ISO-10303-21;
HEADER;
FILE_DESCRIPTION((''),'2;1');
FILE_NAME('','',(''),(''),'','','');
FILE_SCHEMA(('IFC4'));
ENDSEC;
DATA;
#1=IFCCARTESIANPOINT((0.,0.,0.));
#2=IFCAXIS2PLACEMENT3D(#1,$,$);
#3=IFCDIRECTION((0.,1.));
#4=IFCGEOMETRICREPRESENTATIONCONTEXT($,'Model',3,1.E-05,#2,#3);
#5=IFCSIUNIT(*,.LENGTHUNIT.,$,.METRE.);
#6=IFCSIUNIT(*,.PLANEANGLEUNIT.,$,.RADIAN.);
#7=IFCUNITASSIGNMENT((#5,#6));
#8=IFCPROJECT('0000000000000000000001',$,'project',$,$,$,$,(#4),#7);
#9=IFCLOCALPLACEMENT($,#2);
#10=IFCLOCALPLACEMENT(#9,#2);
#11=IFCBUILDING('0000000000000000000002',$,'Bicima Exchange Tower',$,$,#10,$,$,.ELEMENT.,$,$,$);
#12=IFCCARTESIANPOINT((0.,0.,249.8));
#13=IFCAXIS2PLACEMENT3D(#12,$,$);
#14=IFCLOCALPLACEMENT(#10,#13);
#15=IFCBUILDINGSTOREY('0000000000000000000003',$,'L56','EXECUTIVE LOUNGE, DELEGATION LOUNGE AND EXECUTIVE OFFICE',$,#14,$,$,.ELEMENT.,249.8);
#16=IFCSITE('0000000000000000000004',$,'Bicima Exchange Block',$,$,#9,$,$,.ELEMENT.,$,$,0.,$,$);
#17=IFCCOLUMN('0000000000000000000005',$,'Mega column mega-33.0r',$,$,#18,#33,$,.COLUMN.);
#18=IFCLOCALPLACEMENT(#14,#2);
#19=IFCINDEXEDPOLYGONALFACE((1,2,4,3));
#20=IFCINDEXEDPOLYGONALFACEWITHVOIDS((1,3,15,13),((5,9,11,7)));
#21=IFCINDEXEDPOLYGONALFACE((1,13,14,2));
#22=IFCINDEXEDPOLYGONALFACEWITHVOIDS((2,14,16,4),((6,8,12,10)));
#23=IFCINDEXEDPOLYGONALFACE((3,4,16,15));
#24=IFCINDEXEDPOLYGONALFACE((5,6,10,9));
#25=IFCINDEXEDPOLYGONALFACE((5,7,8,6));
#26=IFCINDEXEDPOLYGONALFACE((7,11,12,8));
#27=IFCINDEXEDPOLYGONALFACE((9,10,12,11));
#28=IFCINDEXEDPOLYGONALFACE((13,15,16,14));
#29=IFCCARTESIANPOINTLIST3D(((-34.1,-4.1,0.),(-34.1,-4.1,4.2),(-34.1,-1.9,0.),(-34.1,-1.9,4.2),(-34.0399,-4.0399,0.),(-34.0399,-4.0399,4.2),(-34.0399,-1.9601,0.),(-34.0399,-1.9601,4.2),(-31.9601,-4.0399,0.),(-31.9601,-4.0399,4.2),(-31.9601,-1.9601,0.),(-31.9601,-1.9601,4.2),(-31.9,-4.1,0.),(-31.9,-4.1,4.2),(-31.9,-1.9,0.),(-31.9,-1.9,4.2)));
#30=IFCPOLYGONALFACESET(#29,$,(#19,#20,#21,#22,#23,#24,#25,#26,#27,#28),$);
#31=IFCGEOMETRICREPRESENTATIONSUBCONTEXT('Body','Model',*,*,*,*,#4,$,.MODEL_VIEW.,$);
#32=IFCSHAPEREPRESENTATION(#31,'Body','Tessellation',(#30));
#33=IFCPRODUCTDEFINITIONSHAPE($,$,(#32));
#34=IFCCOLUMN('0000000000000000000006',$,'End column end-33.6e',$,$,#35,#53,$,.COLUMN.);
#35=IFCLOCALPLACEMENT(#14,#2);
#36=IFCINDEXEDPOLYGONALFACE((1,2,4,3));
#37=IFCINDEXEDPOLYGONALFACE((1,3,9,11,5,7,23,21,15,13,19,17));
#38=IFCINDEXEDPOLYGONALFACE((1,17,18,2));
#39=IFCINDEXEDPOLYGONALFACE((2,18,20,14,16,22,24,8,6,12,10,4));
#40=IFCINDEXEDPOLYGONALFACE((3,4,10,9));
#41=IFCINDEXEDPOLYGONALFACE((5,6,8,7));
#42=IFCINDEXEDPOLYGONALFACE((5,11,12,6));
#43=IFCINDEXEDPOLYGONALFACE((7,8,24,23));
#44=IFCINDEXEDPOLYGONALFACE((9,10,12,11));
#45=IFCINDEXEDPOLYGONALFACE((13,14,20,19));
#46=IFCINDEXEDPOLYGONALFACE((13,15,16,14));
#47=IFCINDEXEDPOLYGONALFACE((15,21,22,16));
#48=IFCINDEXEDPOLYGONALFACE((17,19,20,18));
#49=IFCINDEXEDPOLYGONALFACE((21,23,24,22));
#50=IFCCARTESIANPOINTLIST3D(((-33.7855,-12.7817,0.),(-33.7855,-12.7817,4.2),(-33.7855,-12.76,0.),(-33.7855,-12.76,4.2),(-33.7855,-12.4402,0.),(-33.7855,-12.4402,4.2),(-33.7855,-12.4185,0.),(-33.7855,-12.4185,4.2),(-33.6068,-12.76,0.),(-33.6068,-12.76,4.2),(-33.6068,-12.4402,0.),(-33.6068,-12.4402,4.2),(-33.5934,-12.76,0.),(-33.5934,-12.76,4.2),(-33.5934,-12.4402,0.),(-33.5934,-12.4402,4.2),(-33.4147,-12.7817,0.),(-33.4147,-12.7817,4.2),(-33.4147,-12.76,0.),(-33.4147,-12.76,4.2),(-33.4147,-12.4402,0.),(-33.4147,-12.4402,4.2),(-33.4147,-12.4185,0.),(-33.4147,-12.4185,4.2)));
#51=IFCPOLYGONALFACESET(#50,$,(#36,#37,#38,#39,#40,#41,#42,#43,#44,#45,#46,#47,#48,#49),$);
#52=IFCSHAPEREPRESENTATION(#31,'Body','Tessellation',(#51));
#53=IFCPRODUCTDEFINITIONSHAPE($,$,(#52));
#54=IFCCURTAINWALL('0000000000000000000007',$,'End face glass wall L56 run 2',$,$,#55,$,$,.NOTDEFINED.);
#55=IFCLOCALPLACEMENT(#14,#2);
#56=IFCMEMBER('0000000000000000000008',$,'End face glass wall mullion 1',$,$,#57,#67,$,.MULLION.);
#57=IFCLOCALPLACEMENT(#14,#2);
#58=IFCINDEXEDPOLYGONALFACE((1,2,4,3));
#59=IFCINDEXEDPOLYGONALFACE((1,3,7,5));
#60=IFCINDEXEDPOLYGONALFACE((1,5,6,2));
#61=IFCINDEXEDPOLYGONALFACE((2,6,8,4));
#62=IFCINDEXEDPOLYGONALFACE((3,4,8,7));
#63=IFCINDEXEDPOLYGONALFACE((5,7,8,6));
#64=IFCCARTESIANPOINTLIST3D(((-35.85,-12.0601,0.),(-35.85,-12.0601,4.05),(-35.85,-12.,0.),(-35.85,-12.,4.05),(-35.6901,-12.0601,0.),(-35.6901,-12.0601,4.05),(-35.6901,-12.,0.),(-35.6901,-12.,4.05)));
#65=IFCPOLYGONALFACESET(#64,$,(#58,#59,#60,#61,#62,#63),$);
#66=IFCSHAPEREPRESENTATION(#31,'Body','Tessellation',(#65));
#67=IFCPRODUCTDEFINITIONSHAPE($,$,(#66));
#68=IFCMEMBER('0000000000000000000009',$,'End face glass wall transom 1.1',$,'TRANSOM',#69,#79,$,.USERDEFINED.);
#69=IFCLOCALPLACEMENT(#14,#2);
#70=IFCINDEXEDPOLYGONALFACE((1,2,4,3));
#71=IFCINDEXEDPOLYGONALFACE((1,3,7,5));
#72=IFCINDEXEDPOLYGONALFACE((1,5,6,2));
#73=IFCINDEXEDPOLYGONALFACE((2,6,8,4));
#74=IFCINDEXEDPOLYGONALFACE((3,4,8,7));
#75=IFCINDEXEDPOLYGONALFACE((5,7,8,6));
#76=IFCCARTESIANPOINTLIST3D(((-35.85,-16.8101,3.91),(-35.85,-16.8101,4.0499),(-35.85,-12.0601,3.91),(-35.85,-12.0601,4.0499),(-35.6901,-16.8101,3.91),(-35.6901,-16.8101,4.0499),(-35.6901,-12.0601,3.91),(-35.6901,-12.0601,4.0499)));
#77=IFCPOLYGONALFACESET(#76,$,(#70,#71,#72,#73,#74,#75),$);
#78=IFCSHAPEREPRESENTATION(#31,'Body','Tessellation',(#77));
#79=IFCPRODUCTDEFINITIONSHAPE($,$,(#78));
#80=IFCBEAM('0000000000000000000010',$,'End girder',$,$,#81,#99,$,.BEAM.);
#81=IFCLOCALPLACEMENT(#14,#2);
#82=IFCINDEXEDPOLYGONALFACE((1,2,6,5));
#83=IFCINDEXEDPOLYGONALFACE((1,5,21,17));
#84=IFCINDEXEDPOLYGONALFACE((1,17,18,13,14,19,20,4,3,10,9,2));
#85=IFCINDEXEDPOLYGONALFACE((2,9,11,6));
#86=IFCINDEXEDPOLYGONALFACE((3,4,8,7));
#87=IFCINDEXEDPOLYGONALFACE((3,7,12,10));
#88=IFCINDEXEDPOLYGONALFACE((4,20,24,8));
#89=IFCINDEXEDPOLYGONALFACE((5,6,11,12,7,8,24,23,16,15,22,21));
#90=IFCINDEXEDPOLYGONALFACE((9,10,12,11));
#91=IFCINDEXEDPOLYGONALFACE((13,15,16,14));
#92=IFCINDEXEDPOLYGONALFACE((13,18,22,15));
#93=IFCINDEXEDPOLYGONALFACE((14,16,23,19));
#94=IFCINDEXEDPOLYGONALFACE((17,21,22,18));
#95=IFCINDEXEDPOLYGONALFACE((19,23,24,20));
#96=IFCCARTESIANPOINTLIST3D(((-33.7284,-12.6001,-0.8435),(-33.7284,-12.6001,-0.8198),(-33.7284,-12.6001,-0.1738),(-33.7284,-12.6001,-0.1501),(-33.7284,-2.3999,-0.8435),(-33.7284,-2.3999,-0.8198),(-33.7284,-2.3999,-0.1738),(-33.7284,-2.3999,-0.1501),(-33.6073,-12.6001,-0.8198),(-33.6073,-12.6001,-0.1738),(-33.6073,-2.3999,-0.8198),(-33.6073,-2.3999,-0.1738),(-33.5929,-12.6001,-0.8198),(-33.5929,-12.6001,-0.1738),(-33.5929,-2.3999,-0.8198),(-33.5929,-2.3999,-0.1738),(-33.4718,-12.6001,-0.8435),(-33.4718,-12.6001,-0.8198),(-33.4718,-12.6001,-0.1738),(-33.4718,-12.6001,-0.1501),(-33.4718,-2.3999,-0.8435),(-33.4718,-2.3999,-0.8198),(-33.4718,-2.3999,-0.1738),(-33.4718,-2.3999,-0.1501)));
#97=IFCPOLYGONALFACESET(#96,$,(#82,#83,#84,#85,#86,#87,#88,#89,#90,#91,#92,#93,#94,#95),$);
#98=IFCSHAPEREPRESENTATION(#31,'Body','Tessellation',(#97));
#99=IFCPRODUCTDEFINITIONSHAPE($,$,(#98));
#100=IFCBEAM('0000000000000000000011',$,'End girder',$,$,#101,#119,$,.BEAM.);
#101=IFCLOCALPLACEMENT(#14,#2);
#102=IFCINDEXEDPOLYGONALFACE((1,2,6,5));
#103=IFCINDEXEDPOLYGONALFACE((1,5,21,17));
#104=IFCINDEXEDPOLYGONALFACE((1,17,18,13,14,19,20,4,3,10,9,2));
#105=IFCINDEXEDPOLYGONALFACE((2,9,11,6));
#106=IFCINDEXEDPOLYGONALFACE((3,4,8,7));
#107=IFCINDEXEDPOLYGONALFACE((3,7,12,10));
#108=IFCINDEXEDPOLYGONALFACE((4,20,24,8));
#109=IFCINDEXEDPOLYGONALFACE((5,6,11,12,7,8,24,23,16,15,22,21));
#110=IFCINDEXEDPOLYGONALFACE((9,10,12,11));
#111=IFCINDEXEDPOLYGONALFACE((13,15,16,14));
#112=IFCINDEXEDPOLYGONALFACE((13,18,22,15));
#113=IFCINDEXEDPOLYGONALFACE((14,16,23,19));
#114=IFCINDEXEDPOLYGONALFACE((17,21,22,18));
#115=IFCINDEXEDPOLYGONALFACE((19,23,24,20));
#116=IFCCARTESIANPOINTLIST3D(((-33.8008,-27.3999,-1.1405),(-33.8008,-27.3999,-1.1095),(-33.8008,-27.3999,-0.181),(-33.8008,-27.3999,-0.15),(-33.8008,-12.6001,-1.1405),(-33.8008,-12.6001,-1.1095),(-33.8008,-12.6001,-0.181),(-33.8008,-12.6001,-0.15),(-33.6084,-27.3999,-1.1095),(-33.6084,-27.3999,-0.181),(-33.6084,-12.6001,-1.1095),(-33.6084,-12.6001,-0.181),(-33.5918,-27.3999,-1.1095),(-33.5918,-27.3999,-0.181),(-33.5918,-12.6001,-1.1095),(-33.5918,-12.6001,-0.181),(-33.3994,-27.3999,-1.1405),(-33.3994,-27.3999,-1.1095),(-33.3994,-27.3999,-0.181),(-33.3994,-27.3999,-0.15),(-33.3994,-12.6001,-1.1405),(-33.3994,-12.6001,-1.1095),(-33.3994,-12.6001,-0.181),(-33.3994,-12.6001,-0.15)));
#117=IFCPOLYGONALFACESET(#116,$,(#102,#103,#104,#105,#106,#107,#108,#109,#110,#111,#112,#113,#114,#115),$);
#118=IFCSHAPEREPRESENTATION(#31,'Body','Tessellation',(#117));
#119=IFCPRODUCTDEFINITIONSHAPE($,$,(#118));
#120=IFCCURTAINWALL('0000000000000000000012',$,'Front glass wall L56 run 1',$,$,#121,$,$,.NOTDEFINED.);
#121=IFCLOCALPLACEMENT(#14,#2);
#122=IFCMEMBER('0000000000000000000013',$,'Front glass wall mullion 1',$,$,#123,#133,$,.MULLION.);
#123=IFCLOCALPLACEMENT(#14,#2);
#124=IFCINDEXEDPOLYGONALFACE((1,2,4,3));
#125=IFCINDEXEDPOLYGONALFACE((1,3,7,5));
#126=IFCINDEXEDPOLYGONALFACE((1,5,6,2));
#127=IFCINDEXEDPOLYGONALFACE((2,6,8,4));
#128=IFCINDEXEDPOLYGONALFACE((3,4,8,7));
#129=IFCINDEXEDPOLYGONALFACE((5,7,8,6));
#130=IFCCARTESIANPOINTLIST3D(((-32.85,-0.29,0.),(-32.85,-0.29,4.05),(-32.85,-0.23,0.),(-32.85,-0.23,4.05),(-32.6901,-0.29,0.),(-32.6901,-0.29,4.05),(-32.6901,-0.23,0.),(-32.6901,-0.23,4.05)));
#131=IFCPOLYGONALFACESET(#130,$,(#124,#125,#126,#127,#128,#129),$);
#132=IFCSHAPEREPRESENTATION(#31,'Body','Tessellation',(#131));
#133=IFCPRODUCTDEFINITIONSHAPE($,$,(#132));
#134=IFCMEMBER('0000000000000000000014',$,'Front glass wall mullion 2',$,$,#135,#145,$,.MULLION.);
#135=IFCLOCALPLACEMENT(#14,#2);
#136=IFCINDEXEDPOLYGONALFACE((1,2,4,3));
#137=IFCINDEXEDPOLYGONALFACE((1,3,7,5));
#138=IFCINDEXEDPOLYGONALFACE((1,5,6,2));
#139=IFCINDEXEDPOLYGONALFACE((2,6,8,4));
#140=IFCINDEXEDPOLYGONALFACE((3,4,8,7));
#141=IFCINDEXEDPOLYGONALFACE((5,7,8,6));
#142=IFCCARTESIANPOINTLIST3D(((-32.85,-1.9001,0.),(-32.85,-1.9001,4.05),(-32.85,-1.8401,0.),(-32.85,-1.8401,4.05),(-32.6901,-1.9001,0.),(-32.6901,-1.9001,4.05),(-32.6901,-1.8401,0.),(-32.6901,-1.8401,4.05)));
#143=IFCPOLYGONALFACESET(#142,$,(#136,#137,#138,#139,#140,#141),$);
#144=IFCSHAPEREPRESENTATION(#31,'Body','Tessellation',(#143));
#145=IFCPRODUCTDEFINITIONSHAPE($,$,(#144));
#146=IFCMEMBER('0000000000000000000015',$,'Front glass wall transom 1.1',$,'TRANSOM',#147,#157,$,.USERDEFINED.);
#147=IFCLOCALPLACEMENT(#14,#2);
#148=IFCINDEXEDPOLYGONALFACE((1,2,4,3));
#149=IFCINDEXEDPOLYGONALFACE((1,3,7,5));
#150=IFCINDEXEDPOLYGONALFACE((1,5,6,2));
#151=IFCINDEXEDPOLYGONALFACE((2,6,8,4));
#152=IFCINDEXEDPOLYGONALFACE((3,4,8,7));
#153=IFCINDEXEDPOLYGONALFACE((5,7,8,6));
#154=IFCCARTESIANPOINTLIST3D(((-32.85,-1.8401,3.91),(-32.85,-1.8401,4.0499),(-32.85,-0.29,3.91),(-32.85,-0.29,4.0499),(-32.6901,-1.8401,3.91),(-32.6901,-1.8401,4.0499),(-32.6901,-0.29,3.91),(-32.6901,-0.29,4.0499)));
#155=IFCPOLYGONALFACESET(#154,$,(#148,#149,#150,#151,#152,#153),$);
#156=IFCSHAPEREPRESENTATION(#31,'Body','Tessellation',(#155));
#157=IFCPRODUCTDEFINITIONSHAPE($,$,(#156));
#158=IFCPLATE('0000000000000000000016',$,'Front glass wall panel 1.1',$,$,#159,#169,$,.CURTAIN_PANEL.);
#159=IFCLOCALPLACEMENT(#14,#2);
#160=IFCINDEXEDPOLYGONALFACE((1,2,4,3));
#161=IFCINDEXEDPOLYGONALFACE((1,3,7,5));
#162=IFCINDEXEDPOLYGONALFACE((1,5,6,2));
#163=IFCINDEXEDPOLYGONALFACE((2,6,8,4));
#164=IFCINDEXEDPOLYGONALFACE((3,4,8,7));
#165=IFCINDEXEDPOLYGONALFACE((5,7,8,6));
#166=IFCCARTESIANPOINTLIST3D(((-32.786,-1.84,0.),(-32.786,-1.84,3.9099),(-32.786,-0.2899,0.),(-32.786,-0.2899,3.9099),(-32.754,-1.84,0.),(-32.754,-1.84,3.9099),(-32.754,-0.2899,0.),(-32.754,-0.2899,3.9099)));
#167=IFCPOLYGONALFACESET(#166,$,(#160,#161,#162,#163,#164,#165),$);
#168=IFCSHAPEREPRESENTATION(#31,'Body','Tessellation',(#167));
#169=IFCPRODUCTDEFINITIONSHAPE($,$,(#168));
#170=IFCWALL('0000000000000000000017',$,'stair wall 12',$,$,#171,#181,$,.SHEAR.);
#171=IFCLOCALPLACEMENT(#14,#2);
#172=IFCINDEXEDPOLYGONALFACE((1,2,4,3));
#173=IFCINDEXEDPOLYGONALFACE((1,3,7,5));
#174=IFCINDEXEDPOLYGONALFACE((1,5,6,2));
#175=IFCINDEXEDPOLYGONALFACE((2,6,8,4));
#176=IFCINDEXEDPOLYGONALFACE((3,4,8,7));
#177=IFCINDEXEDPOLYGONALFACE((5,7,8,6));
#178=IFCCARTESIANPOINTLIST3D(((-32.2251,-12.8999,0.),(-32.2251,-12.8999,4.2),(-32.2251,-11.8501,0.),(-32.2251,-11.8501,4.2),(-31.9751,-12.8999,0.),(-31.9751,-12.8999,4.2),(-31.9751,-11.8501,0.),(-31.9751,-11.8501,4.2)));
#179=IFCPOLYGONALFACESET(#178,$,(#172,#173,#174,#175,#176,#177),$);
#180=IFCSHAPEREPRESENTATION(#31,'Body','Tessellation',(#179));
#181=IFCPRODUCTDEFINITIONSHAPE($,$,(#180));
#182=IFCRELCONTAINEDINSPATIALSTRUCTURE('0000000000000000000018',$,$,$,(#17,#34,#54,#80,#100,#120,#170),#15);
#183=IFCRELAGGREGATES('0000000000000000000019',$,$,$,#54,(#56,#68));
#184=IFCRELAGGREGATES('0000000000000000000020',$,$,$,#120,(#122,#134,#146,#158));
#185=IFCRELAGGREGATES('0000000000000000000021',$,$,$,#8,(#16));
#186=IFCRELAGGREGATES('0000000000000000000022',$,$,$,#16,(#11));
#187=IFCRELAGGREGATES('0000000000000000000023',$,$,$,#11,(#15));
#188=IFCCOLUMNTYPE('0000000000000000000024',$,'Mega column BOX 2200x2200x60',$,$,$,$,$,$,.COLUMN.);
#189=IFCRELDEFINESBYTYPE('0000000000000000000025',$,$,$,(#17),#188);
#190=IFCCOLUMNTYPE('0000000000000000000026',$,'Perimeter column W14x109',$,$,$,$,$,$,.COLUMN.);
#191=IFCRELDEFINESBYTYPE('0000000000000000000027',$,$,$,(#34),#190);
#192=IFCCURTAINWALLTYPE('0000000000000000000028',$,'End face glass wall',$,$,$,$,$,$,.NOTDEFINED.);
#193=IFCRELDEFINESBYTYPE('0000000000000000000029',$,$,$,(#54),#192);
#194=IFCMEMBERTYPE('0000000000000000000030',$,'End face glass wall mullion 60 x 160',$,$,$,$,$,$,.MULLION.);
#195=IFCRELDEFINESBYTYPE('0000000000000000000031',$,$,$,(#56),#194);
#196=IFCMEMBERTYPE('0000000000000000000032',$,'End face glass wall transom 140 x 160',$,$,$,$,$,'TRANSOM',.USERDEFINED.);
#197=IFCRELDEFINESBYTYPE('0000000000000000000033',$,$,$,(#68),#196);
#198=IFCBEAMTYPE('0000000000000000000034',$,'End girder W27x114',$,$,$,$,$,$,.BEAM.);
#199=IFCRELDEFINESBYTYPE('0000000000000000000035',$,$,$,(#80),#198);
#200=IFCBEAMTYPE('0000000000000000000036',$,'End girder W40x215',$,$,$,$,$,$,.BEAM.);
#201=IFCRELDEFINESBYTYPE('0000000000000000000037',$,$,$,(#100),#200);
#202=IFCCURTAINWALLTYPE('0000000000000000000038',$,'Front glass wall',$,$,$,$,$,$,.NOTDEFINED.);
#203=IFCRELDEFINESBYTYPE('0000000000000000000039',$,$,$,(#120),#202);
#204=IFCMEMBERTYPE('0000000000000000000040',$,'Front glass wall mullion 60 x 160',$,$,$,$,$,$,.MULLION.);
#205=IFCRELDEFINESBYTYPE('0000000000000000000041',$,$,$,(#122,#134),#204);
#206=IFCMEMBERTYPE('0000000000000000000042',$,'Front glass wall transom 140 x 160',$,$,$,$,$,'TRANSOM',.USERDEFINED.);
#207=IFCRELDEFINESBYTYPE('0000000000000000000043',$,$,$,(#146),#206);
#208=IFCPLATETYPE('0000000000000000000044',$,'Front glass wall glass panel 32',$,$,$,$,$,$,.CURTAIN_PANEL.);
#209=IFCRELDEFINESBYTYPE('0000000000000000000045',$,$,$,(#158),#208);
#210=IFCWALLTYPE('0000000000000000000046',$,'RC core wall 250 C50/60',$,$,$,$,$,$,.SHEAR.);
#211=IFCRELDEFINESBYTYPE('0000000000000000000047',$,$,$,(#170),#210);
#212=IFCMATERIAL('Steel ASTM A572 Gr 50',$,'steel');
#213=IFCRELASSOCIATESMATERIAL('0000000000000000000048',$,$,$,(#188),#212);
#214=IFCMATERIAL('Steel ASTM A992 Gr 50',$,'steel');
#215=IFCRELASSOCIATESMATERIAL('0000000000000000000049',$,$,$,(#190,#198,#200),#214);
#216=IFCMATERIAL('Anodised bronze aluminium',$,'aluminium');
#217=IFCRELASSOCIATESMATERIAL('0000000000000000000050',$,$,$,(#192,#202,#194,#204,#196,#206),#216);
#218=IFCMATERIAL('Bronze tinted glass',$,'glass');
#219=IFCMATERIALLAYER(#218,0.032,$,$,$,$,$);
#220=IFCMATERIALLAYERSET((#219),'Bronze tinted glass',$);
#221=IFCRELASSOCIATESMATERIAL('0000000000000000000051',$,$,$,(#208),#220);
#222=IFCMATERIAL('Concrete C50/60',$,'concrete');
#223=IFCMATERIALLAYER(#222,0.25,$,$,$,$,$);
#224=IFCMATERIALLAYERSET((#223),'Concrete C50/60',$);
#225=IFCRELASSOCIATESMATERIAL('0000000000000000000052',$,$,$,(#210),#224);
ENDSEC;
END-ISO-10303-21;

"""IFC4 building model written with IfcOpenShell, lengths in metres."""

from ifc_helpers import new_model, si_unit, direction, frame, frame_2d, origin, origin_2d, place, context, subcontext, project, spatial, rectangle, hollow_rectangle, i_section, extrude, material, layer, layer_set, material_profile, profile_set, type_object, element, aggregate, save


model = new_model("IFC4")

# Units and contexts
model_context = context("Model", 3, precision=1e-05, world=origin(), true_north=direction((0.0, 1.0)))
body_context = subcontext(model_context, "Body", "Model", "MODEL_VIEW")
ifc_project = project(units=[si_unit("LENGTHUNIT", "METRE"), si_unit("PLANEANGLEUNIT", "RADIAN")], contexts=[model_context])

# Site, building, storey
site_placement = place(None, origin())
site = spatial("IfcSite", under=ifc_project, at=site_placement, Name="Bicima Exchange Block", CompositionType="ELEMENT", RefElevation=0.0)
building_placement = place(site_placement, origin())
building = spatial("IfcBuilding", under=site, at=building_placement, Name="Bicima Exchange Tower", CompositionType="ELEMENT")
storey_placement = place(building_placement, frame((0.0, 0.0, 249.8)))
storey = spatial("IfcBuildingStorey", under=building, at=storey_placement, Name="L56", Description="EXECUTIVE LOUNGE, DELEGATION LOUNGE AND EXECUTIVE OFFICE", CompositionType="ELEMENT", Elevation=249.8)

# Columns
ifc_material_1 = material(Name="Steel ASTM A572 Gr 50", Category="steel")
ifc_material_profile_1 = material_profile(ifc_material_1, hollow_rectangle(XDim=2.2, YDim=2.2, WallThickness=0.0601, at=origin_2d()))
ifc_profile_set_1 = profile_set([ifc_material_profile_1], Name="Steel ASTM A572 Gr 50")
column_type_1 = type_object("IfcColumnType", Name="Mega column BOX 2200x2200x60", PredefinedType="COLUMN", material=ifc_profile_set_1)
column_1_placement = place(storey_placement, frame((-33.0, -3.0, 0.0), z_axis=(0.0, 0.0, 1.0), x_axis=(1.0, 0.0, 0.0)))
element("IfcColumn", 1, at=column_1_placement, inside=storey, type_object=column_type_1, Name="Mega column mega-33.0r", PredefinedType="COLUMN", context=body_context, shape_type="SweptSolid", body=[
    extrude(hollow_rectangle(XDim=2.2, YDim=2.2, WallThickness=0.0601, at=origin_2d()), origin(), (0.0, 0.0, 1.0), 4.2),
])
ifc_material_2 = material(Name="Steel ASTM A992 Gr 50", Category="steel")
ifc_material_profile_2 = material_profile(ifc_material_2, i_section(OverallWidth=0.3708, OverallDepth=0.3633, WebThickness=0.0134, FlangeThickness=0.0217, at=origin_2d()))
ifc_profile_set_2 = profile_set([ifc_material_profile_2], Name="Steel ASTM A992 Gr 50")
column_type_2 = type_object("IfcColumnType", Name="Perimeter column W14x109", PredefinedType="COLUMN", material=ifc_profile_set_2)
column_2_placement = place(storey_placement, frame((-33.6001, -12.6001, 0.0), z_axis=(0.0, 0.0, 1.0), x_axis=(1.0, 0.0, 0.0)))
element("IfcColumn", 2, at=column_2_placement, inside=storey, type_object=column_type_2, Name="End column end-33.6e", PredefinedType="COLUMN", context=body_context, shape_type="SweptSolid", body=[
    extrude(i_section(OverallWidth=0.3708, OverallDepth=0.3633, WebThickness=0.0134, FlangeThickness=0.0217, at=origin_2d()), origin(), (0.0, 0.0, 1.0), 4.2),
])

# Curtain wall, members
ifc_material_3 = material(Name="Anodised bronze aluminium", Category="aluminium")
curtain_wall_type_1 = type_object("IfcCurtainWallType", Name="End face glass wall", PredefinedType="NOTDEFINED", material=ifc_material_3)
curtain_wall_1_placement = place(storey_placement, origin())
curtain_wall_1 = element("IfcCurtainWall", 3, at=curtain_wall_1_placement, inside=storey, type_object=curtain_wall_type_1, Name="End face glass wall L56 run 2", PredefinedType="NOTDEFINED")
ifc_material_profile_3 = material_profile(ifc_material_3, rectangle(XDim=0.1599, YDim=0.0601, at=origin_2d()))
ifc_profile_set_3 = profile_set([ifc_material_profile_3], Name="Anodised bronze aluminium")
member_type_1 = type_object("IfcMemberType", Name="End face glass wall mullion 60 x 160", PredefinedType="MULLION", material=ifc_profile_set_3)
member_1_placement = place(storey_placement, frame((-35.77, -12.03, 0.0), z_axis=(0.0, 0.0, 1.0), x_axis=(1.0, 0.0, 0.0)))
member_1 = element("IfcMember", 4, at=member_1_placement, type_object=member_type_1, Name="End face glass wall mullion 1", PredefinedType="MULLION", context=body_context, shape_type="SweptSolid", body=[
    extrude(rectangle(XDim=0.1599, YDim=0.0601, at=origin_2d()), origin(), (0.0, 0.0, 1.0), 4.05),
])
ifc_material_profile_4 = material_profile(ifc_material_3, rectangle(XDim=0.1599, YDim=0.1399, at=origin_2d()))
ifc_profile_set_4 = profile_set([ifc_material_profile_4], Name="Anodised bronze aluminium")
member_type_2 = type_object("IfcMemberType", Name="End face glass wall transom 140 x 160", ElementType="TRANSOM", PredefinedType="USERDEFINED", material=ifc_profile_set_4)
member_2_placement = place(storey_placement, frame((-35.77, -12.0601, 3.98), z_axis=(0.0, -1.0, 0.0), x_axis=(1.0, 0.0, 0.0)))
member_2 = element("IfcMember", 5, at=member_2_placement, type_object=member_type_2, Name="End face glass wall transom 1.1", ObjectType="TRANSOM", PredefinedType="USERDEFINED", context=body_context, shape_type="SweptSolid", body=[
    extrude(rectangle(XDim=0.1599, YDim=0.1399, at=origin_2d()), origin(), (0.0, 0.0, 1.0), 4.75),
])
aggregate(curtain_wall_1, [member_1, member_2])

# Beams
ifc_material_profile_5 = material_profile(ifc_material_2, i_section(OverallWidth=0.2566, OverallDepth=0.6934, WebThickness=0.0144, FlangeThickness=0.0237, at=origin_2d()))
ifc_profile_set_5 = profile_set([ifc_material_profile_5], Name="Steel ASTM A992 Gr 50")
beam_type_1 = type_object("IfcBeamType", Name="End girder W27x114", PredefinedType="BEAM", material=ifc_profile_set_5)
beam_1_placement = place(storey_placement, frame((-33.6001, -2.3999, -0.4968), z_axis=(0.0, -1.0, 0.0), x_axis=(1.0, 0.0, 0.0)))
element("IfcBeam", 6, at=beam_1_placement, inside=storey, type_object=beam_type_1, Name="End girder", PredefinedType="BEAM", context=body_context, shape_type="SweptSolid", body=[
    extrude(i_section(OverallWidth=0.2566, OverallDepth=0.6934, WebThickness=0.0144, FlangeThickness=0.0237, at=origin_2d()), origin(), (0.0, 0.0, 1.0), 10.2002),
])
ifc_material_profile_6 = material_profile(ifc_material_2, i_section(OverallWidth=0.4014, OverallDepth=0.9905, WebThickness=0.0166, FlangeThickness=0.031, at=origin_2d()))
ifc_profile_set_6 = profile_set([ifc_material_profile_6], Name="Steel ASTM A992 Gr 50")
beam_type_2 = type_object("IfcBeamType", Name="End girder W40x215", PredefinedType="BEAM", material=ifc_profile_set_6)
beam_2_placement = place(storey_placement, frame((-33.6001, -12.6001, -0.6453), z_axis=(0.0, -1.0, 0.0), x_axis=(1.0, 0.0, 0.0)))
element("IfcBeam", 7, at=beam_2_placement, inside=storey, type_object=beam_type_2, Name="End girder", PredefinedType="BEAM", context=body_context, shape_type="SweptSolid", body=[
    extrude(i_section(OverallWidth=0.4014, OverallDepth=0.9905, WebThickness=0.0166, FlangeThickness=0.031, at=origin_2d()), origin(), (0.0, 0.0, 1.0), 14.7998),
])

# Curtain wall, members, plate
curtain_wall_type_2 = type_object("IfcCurtainWallType", Name="Front glass wall", PredefinedType="NOTDEFINED", material=ifc_material_3)
curtain_wall_2_placement = place(storey_placement, origin())
curtain_wall_2 = element("IfcCurtainWall", 8, at=curtain_wall_2_placement, inside=storey, type_object=curtain_wall_type_2, Name="Front glass wall L56 run 1", PredefinedType="NOTDEFINED")
member_type_3 = type_object("IfcMemberType", Name="Front glass wall mullion 60 x 160", PredefinedType="MULLION", material=ifc_profile_set_3)
member_3_placement = place(storey_placement, frame((-32.77, -0.26, 0.0), z_axis=(0.0, 0.0, 1.0), x_axis=(1.0, 0.0, 0.0)))
member_3 = element("IfcMember", 9, at=member_3_placement, type_object=member_type_3, Name="Front glass wall mullion 1", PredefinedType="MULLION", context=body_context, shape_type="SweptSolid", body=[
    extrude(rectangle(XDim=0.1599, YDim=0.0601, at=origin_2d()), origin(), (0.0, 0.0, 1.0), 4.05),
])
member_4_placement = place(storey_placement, frame((-32.77, -1.8701, 0.0), z_axis=(0.0, 0.0, 1.0), x_axis=(1.0, 0.0, 0.0)))
member_4 = element("IfcMember", 10, at=member_4_placement, type_object=member_type_3, Name="Front glass wall mullion 2", PredefinedType="MULLION", context=body_context, shape_type="SweptSolid", body=[
    extrude(rectangle(XDim=0.1599, YDim=0.0601, at=origin_2d()), origin(), (0.0, 0.0, 1.0), 4.05),
])
member_type_4 = type_object("IfcMemberType", Name="Front glass wall transom 140 x 160", ElementType="TRANSOM", PredefinedType="USERDEFINED", material=ifc_profile_set_4)
member_5_placement = place(storey_placement, frame((-32.77, -0.29, 3.98), z_axis=(0.0, -1.0, 0.0), x_axis=(1.0, 0.0, 0.0)))
member_5 = element("IfcMember", 11, at=member_5_placement, type_object=member_type_4, Name="Front glass wall transom 1.1", ObjectType="TRANSOM", PredefinedType="USERDEFINED", context=body_context, shape_type="SweptSolid", body=[
    extrude(rectangle(XDim=0.1599, YDim=0.1399, at=origin_2d()), origin(), (0.0, 0.0, 1.0), 1.55),
])
ifc_material_4 = material(Name="Bronze tinted glass", Category="glass")
ifc_layer_1 = layer(ifc_material_4, 0.032)
ifc_layer_set_1 = layer_set([ifc_layer_1], Name="Bronze tinted glass")
plate_type = type_object("IfcPlateType", Name="Front glass wall glass panel 32", PredefinedType="CURTAIN_PANEL", material=ifc_layer_set_1)
plate_placement = place(storey_placement, frame((-32.77, -1.0649, 0.0), z_axis=(0.0, 0.0, 1.0), x_axis=(0.0, -1.0, 0.0)))
plate = element("IfcPlate", 12, at=plate_placement, type_object=plate_type, Name="Front glass wall panel 1.1", PredefinedType="CURTAIN_PANEL", context=body_context, shape_type="SweptSolid", body=[
    extrude(rectangle(XDim=1.55, YDim=0.032, at=origin_2d()), origin(), (0.0, 0.0, 1.0), 3.9099),
])
aggregate(curtain_wall_2, [member_3, member_4, member_5, plate])

# Wall
ifc_material_5 = material(Name="Concrete C50/60", Category="concrete")
ifc_layer_2 = layer(ifc_material_5, 0.25)
ifc_layer_set_2 = layer_set([ifc_layer_2], Name="Concrete C50/60")
wall_type_1 = type_object("IfcWallType", Name="RC core wall 250 C50/60", PredefinedType="SHEAR", material=ifc_layer_set_2)
wall_1_placement = place(storey_placement, frame((-32.1001, -12.8999, 0.0), z_axis=(0.0, 0.0, 1.0), x_axis=(0.0, 1.0, 0.0)))
element("IfcWall", 13, at=wall_1_placement, inside=storey, type_object=wall_type_1, Name="stair wall 12", PredefinedType="SHEAR", context=body_context, shape_type="SweptSolid", body=[
    extrude(rectangle(XDim=1.0498, YDim=0.25, at=frame_2d((0.5249, 0.0))), origin(), (0.0, 0.0, 1.0), 4.2),
])

save(model, "model.ifc")
